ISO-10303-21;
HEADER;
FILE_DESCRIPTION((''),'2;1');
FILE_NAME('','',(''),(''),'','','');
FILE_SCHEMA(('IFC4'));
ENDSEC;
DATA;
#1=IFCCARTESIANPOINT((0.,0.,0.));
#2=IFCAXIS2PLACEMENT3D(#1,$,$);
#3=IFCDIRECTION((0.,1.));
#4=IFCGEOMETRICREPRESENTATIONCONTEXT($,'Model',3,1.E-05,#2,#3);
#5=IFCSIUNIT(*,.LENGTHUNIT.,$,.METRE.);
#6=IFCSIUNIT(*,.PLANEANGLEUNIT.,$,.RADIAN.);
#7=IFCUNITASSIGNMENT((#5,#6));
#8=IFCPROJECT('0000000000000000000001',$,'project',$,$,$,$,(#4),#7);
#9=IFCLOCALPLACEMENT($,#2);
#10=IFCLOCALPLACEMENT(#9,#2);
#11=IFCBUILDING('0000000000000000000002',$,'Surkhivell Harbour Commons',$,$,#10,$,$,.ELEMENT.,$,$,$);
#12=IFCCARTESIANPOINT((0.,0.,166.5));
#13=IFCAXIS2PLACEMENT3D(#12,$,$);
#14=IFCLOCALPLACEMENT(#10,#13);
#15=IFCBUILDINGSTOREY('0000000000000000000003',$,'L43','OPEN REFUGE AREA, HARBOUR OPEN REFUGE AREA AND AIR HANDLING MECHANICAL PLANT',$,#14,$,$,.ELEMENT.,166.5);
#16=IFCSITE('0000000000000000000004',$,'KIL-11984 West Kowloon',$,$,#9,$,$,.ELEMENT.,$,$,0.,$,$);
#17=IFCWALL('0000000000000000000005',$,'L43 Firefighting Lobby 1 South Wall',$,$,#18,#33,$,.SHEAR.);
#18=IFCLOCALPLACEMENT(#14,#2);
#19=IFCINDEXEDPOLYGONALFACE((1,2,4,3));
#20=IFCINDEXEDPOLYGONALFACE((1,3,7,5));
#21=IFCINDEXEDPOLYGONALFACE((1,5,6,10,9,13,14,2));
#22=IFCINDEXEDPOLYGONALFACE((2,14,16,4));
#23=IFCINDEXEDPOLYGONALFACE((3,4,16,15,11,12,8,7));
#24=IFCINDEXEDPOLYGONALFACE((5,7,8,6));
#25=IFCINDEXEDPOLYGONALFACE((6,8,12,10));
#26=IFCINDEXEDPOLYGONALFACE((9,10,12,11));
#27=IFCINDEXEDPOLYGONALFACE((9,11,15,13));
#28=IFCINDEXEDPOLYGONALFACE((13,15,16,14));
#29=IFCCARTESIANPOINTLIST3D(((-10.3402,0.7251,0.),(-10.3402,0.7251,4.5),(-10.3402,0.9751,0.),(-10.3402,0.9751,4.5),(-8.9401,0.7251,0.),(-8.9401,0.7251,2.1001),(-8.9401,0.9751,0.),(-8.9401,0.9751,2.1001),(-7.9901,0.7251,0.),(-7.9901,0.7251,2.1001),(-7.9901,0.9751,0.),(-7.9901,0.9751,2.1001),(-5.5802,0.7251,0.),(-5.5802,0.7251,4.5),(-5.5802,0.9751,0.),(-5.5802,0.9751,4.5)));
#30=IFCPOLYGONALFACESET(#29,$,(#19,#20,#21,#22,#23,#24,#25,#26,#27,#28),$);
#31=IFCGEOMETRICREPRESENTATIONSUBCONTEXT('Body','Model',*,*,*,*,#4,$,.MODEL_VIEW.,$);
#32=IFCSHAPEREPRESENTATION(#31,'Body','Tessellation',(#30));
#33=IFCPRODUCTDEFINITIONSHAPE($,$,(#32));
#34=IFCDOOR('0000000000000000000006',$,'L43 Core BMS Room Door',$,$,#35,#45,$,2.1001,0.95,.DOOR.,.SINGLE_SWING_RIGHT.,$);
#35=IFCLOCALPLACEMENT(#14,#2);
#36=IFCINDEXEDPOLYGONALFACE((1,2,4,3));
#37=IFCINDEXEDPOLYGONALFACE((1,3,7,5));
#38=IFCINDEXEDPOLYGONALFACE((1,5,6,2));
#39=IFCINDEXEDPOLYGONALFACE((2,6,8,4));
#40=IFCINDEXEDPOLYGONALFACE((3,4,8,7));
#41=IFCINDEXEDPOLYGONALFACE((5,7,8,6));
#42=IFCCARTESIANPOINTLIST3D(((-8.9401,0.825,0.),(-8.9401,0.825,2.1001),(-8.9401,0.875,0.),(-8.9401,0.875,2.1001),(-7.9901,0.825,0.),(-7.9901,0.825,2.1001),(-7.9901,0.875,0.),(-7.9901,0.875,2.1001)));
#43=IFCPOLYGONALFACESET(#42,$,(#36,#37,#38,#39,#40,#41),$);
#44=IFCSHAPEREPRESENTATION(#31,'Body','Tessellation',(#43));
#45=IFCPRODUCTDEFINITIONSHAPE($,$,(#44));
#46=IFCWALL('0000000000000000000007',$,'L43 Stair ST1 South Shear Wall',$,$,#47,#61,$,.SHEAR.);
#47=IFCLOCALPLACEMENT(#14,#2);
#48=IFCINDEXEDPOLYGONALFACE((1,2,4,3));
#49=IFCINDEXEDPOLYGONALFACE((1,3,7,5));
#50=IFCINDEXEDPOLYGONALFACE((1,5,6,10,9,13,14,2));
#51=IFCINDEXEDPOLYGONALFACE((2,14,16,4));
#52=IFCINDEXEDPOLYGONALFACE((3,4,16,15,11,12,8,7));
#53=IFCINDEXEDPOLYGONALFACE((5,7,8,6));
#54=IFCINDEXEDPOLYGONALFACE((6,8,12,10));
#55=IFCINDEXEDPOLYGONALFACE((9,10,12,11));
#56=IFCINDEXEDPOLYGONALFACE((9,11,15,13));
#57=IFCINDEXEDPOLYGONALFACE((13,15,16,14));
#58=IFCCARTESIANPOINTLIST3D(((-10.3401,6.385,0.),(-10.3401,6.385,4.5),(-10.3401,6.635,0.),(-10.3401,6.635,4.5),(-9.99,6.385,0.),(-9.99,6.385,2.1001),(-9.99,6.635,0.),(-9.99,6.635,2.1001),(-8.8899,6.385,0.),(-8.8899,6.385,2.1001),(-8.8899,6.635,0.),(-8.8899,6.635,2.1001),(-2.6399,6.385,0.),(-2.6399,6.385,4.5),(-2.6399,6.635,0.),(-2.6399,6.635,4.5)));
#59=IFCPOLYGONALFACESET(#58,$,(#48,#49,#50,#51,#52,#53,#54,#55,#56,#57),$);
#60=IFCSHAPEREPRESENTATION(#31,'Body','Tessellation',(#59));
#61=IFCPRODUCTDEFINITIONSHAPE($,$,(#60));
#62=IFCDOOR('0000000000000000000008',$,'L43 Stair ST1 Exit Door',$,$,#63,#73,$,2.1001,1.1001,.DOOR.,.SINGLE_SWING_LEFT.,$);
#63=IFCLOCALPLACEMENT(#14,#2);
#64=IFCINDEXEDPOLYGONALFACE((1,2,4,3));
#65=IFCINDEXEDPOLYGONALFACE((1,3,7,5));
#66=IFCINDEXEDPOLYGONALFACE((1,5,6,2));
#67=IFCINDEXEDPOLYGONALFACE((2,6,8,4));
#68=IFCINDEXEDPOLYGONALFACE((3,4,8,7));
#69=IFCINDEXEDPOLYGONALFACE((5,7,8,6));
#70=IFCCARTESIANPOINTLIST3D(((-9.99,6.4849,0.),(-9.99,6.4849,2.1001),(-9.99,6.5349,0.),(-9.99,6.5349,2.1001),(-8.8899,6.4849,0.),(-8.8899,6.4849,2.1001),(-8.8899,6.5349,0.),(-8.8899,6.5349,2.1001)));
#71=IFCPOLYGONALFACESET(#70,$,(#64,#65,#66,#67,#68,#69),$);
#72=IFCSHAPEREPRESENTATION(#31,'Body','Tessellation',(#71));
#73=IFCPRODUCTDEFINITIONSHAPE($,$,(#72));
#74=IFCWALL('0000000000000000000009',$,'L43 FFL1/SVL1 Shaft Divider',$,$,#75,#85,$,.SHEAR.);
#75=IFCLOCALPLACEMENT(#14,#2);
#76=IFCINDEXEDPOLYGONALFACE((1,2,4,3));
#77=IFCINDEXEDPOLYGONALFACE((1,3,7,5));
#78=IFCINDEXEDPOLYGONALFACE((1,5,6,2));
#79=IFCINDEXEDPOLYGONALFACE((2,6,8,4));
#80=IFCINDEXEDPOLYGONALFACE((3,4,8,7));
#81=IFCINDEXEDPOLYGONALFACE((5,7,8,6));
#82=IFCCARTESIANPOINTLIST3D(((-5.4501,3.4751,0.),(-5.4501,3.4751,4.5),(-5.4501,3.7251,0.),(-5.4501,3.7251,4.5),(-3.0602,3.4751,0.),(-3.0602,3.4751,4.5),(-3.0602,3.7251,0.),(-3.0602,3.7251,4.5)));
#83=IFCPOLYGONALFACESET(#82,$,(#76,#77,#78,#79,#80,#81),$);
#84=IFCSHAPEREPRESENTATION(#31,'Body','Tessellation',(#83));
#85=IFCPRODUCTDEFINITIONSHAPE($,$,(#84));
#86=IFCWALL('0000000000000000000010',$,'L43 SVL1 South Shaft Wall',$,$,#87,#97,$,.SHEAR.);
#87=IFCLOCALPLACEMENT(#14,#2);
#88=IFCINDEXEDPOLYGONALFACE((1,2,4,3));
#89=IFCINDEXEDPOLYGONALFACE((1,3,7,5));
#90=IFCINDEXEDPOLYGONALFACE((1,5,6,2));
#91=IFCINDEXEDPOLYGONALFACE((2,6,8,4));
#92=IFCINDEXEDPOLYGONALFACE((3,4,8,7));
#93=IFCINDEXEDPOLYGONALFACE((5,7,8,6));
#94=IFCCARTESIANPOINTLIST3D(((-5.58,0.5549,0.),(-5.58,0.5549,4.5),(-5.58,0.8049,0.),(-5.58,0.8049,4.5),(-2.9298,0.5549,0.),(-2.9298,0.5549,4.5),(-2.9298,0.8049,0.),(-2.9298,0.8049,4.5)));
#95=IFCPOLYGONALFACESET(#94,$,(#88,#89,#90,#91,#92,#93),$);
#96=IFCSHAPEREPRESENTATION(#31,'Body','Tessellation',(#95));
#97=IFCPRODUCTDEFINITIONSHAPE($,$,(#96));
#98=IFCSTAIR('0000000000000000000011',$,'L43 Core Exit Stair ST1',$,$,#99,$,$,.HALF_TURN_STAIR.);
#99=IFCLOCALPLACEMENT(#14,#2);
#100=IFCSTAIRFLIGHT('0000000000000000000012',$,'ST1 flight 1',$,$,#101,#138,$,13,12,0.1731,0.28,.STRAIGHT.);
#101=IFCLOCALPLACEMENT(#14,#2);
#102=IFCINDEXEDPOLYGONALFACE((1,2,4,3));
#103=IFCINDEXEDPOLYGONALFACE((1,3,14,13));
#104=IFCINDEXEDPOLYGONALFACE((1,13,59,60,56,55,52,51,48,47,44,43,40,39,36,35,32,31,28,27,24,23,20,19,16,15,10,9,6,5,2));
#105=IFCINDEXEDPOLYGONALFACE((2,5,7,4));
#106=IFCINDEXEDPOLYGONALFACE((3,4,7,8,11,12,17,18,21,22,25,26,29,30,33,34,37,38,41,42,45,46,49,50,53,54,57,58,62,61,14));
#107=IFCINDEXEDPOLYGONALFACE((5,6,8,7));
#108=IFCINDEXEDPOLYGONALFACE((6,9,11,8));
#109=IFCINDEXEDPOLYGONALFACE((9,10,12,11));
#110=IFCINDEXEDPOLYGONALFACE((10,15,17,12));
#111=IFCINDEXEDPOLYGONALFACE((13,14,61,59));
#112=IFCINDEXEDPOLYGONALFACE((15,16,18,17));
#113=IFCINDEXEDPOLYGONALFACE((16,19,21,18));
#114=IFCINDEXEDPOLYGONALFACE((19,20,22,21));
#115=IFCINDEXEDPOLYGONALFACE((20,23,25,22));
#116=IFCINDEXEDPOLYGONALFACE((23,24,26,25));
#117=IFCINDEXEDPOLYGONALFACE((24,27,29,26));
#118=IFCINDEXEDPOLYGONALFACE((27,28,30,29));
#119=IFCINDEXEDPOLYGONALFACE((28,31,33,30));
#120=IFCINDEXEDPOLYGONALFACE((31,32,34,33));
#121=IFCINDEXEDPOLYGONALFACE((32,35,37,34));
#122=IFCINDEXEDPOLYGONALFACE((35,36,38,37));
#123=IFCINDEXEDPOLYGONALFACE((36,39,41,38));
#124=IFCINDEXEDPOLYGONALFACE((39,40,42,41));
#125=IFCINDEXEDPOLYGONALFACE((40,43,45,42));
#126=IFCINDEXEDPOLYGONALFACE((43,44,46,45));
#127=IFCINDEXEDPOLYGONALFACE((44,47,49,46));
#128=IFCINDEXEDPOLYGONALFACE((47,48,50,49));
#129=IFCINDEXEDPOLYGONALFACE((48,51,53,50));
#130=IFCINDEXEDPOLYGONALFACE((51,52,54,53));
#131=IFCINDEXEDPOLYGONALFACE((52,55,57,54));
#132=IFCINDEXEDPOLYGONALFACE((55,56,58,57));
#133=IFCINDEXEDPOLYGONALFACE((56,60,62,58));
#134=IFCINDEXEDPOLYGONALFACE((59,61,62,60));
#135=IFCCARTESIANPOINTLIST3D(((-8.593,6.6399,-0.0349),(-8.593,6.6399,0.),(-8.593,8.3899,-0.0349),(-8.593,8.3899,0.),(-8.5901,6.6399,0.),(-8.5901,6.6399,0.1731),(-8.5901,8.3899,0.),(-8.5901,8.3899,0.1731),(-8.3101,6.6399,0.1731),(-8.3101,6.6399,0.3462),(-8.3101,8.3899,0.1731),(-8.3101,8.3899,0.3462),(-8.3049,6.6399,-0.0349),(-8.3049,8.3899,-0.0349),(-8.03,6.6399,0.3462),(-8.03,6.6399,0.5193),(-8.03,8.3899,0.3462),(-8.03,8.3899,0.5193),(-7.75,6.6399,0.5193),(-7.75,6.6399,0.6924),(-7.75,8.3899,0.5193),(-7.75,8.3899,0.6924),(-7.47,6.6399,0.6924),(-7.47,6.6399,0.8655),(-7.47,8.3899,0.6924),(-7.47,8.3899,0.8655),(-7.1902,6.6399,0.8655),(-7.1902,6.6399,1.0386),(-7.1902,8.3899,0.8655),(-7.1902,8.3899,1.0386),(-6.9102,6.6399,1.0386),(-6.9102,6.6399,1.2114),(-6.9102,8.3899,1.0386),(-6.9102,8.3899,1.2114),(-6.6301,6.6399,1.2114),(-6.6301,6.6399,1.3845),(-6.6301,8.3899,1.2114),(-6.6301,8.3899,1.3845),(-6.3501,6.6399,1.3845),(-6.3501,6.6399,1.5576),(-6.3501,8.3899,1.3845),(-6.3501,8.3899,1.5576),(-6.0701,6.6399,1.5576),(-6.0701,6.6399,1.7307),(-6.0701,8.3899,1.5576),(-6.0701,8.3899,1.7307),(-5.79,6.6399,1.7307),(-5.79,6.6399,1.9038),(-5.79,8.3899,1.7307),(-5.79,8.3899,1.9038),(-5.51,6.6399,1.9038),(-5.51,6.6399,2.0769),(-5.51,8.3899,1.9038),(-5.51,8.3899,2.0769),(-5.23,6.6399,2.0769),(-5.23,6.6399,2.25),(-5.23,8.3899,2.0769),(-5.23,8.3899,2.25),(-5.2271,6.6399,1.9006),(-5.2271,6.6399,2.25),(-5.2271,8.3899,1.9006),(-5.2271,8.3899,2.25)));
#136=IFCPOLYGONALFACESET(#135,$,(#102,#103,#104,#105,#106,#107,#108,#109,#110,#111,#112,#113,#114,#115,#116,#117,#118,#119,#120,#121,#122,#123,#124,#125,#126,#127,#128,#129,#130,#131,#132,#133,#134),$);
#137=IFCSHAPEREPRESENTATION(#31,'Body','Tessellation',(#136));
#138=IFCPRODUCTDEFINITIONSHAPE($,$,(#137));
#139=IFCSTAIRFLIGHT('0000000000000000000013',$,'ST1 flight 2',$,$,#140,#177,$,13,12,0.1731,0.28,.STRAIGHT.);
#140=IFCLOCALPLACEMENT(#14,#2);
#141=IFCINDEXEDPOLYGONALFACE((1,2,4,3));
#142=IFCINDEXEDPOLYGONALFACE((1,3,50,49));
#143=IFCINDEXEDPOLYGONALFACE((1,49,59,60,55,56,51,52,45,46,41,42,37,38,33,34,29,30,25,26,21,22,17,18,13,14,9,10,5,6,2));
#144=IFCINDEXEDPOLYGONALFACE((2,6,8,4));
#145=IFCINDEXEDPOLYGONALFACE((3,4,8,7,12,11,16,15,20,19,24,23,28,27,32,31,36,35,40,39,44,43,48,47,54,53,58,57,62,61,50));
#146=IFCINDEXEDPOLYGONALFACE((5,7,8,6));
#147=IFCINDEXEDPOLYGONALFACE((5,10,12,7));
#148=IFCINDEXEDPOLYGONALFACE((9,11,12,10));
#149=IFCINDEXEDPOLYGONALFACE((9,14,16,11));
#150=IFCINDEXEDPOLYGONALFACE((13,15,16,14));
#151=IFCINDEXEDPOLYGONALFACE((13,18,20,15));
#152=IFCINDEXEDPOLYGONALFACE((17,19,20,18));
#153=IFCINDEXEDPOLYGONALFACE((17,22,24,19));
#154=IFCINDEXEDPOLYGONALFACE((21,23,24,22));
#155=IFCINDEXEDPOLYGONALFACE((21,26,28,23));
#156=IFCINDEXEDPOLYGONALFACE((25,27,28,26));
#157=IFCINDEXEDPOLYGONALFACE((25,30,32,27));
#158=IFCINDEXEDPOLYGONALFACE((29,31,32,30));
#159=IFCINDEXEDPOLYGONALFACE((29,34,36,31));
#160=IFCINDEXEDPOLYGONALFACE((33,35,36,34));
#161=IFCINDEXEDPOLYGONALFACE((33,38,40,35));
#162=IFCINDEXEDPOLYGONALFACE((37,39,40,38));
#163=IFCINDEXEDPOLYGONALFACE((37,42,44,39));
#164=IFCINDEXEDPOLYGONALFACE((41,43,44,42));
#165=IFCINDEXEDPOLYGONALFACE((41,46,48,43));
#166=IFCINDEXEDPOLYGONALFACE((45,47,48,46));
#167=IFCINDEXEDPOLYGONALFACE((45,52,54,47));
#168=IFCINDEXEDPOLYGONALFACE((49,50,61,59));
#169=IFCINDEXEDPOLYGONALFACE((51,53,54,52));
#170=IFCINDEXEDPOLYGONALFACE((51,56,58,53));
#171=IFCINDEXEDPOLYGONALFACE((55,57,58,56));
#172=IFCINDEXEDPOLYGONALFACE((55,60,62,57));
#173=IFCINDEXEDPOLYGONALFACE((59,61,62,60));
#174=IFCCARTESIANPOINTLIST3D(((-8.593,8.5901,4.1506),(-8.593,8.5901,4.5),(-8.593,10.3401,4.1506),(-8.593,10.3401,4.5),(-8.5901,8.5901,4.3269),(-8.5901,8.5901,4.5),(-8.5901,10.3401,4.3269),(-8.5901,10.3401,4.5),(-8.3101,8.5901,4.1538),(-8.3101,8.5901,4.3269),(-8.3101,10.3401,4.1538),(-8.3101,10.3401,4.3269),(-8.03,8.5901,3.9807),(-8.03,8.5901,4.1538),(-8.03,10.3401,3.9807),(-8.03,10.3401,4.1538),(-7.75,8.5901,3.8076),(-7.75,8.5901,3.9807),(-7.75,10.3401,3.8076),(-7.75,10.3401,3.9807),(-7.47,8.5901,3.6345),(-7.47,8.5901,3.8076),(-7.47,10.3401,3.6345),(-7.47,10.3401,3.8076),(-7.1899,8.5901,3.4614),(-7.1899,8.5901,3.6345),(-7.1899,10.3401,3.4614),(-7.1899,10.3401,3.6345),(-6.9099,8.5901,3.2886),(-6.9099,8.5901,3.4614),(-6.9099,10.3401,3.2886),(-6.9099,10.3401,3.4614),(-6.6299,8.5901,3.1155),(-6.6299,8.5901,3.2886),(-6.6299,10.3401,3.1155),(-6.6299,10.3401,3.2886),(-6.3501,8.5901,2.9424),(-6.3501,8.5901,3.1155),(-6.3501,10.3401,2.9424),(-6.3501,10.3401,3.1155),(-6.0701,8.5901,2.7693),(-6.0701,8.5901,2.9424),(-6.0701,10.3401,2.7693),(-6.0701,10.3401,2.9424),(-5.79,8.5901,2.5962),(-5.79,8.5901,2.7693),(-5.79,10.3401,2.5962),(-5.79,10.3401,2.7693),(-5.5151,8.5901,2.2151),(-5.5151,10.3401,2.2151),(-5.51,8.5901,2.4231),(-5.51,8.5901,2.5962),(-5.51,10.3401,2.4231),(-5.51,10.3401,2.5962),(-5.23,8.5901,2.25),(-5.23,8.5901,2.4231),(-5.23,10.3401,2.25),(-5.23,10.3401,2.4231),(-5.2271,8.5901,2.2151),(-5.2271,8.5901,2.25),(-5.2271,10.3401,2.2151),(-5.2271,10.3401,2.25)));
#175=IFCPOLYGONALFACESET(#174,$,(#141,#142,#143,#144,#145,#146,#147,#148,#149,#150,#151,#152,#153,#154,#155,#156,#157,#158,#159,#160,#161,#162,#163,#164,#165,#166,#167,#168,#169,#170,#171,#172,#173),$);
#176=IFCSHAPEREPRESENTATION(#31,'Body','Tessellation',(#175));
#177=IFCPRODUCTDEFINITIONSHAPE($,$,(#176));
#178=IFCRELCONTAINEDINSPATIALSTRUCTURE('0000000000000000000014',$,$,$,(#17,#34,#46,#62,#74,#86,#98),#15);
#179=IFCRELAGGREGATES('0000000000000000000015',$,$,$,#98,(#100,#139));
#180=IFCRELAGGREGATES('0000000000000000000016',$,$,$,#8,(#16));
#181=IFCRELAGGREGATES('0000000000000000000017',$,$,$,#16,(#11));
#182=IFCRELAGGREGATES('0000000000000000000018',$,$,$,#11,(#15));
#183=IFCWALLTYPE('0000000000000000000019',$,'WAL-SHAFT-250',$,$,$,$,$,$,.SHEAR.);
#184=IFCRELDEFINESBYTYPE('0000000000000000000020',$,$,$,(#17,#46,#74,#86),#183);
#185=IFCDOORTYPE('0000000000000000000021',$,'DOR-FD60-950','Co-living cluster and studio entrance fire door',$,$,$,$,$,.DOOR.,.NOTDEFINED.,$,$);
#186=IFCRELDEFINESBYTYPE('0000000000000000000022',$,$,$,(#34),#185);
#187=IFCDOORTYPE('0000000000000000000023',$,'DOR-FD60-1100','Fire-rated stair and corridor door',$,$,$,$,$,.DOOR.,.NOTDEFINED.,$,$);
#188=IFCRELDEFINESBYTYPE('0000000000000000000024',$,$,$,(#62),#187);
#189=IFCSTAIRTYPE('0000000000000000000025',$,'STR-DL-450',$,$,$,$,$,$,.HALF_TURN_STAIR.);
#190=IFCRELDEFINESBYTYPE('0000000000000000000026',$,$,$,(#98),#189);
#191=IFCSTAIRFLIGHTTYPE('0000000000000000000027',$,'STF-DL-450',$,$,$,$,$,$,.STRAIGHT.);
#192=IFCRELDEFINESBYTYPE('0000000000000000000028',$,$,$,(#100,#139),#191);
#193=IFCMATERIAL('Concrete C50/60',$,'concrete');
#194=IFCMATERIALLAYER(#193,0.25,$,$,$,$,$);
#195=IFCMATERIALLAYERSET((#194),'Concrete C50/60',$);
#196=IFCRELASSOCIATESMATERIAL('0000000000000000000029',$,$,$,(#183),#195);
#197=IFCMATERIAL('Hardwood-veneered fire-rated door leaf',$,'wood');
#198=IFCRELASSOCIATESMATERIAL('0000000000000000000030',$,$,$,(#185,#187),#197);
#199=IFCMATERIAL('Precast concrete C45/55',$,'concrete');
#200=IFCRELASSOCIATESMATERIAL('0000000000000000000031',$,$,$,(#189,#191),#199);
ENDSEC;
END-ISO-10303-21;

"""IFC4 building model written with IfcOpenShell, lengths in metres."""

from ifc_helpers import new_model, si_unit, direction, frame, frame_2d, origin, place, context, subcontext, project, spatial, polyline, rectangle, outline, extrude, material, layer, layer_set, type_object, element, fill, aggregate, save


model = new_model("IFC4")

# Units and contexts
model_context = context("Model", 3, precision=1e-05, world=origin(), true_north=direction((0.0, 1.0)))
body_context = subcontext(model_context, "Body", "Model", "MODEL_VIEW")
ifc_project = project(units=[si_unit("LENGTHUNIT", "METRE"), si_unit("PLANEANGLEUNIT", "RADIAN")], contexts=[model_context])

# Site, building, storey
site_placement = place(None, origin())
site = spatial("IfcSite", under=ifc_project, at=site_placement, Name="KIL-11984 West Kowloon", CompositionType="ELEMENT", RefElevation=0.0)
building_placement = place(site_placement, origin())
building = spatial("IfcBuilding", under=site, at=building_placement, Name="Surkhivell Harbour Commons", CompositionType="ELEMENT")
storey_placement = place(building_placement, frame((0.0, 0.0, 166.5)))
storey = spatial("IfcBuildingStorey", under=building, at=storey_placement, Name="L43", Description="OPEN REFUGE AREA, HARBOUR OPEN REFUGE AREA AND AIR HANDLING MECHANICAL PLANT", CompositionType="ELEMENT", Elevation=166.5)

# Shared definitions
ifc_material_1 = material(Name="Hardwood-veneered fire-rated door leaf", Category="wood")

# Walls, openings, doors
ifc_material_2 = material(Name="Concrete C50/60", Category="concrete")
ifc_layer_1 = layer(ifc_material_2, 0.25)
ifc_layer_set_1 = layer_set([ifc_layer_1], Name="Concrete C50/60")
wall_type_1 = type_object("IfcWallType", Name="WAL-SHAFT-250", PredefinedType="SHEAR", material=ifc_layer_set_1)
wall_1_placement = place(storey_placement, frame((-10.3401, 0.8501, 0.0), z_axis=(0.0, 0.0, 1.0), x_axis=(1.0, 0.0, 0.0)))
wall_1 = element("IfcWall", 1, at=wall_1_placement, inside=storey, type_object=wall_type_1, Name="L43 Firefighting Lobby 1 South Wall", PredefinedType="SHEAR", context=body_context, shape_type="SweptSolid", body=[
    extrude(rectangle(XDim=4.76, YDim=0.25, at=frame_2d((2.3799, 0.0))), origin(), (0.0, 0.0, 1.0), 4.5),
])
opening_1_placement = place(wall_1_placement, frame((1.3999, 0.0, 0.0)))
opening_1 = element("IfcOpeningElement", 2, at=opening_1_placement, cuts=wall_1, PredefinedType="OPENING", context=body_context, shape_type="SweptSolid", body=[
    extrude(rectangle(XDim=0.95, YDim=2.1001, at=frame_2d((0.4751, 1.05))), frame((0.0, 0.135, 0.0), z_axis=(0.0, -1.0, 0.0), x_axis=(1.0, 0.0, 0.0)), (0.0, 0.0, 1.0), 0.27),
])
door_type_1 = type_object("IfcDoorType", Name="DOR-FD60-950", Description="Co-living cluster and studio entrance fire door", OperationType="NOTDEFINED", PredefinedType="DOOR", material=ifc_material_1)
door_1_placement = place(opening_1_placement, origin())
door_1 = element("IfcDoor", 3, at=door_1_placement, inside=storey, type_object=door_type_1, Name="L43 Core BMS Room Door", OperationType="SINGLE_SWING_RIGHT", OverallHeight=2.1001, OverallWidth=0.95, PredefinedType="DOOR", context=body_context, shape_type="SweptSolid", body=[
    extrude(rectangle(XDim=0.95, YDim=2.1001, at=frame_2d((0.4751, 1.05))), frame((0.0, 0.0249, 0.0), z_axis=(0.0, -1.0, 0.0), x_axis=(1.0, 0.0, 0.0)), (0.0, 0.0, 1.0), 0.05),
])
fill(opening_1, door_1)
wall_2_placement = place(storey_placement, frame((-10.3401, 6.51, 0.0), z_axis=(0.0, 0.0, 1.0), x_axis=(1.0, 0.0, 0.0)))
wall_2 = element("IfcWall", 4, at=wall_2_placement, inside=storey, type_object=wall_type_1, Name="L43 Stair ST1 South Shear Wall", PredefinedType="SHEAR", context=body_context, shape_type="SweptSolid", body=[
    extrude(rectangle(XDim=7.7002, YDim=0.25, at=frame_2d((3.8501, 0.0))), origin(), (0.0, 0.0, 1.0), 4.5),
])
opening_2_placement = place(wall_2_placement, frame((0.3501, 0.0, 0.0)))
opening_2 = element("IfcOpeningElement", 5, at=opening_2_placement, cuts=wall_2, PredefinedType="OPENING", context=body_context, shape_type="SweptSolid", body=[
    extrude(rectangle(XDim=1.1001, YDim=2.1001, at=frame_2d((0.55, 1.05))), frame((0.0, 0.135, 0.0), z_axis=(0.0, -1.0, 0.0), x_axis=(1.0, 0.0, 0.0)), (0.0, 0.0, 1.0), 0.27),
])
door_type_2 = type_object("IfcDoorType", Name="DOR-FD60-1100", Description="Fire-rated stair and corridor door", OperationType="NOTDEFINED", PredefinedType="DOOR", material=ifc_material_1)
door_2_placement = place(opening_2_placement, origin())
door_2 = element("IfcDoor", 6, at=door_2_placement, inside=storey, type_object=door_type_2, Name="L43 Stair ST1 Exit Door", OperationType="SINGLE_SWING_LEFT", OverallHeight=2.1001, OverallWidth=1.1001, PredefinedType="DOOR", context=body_context, shape_type="SweptSolid", body=[
    extrude(rectangle(XDim=1.1001, YDim=2.1001, at=frame_2d((0.55, 1.05))), frame((0.0, 0.0249, 0.0), z_axis=(0.0, -1.0, 0.0), x_axis=(1.0, 0.0, 0.0)), (0.0, 0.0, 1.0), 0.05),
])
fill(opening_2, door_2)

# Walls
wall_3_placement = place(storey_placement, frame((-5.45, 3.6001, 0.0), z_axis=(0.0, 0.0, 1.0), x_axis=(1.0, 0.0, 0.0)))
element("IfcWall", 7, at=wall_3_placement, inside=storey, type_object=wall_type_1, Name="L43 FFL1/SVL1 Shaft Divider", PredefinedType="SHEAR", context=body_context, shape_type="SweptSolid", body=[
    extrude(rectangle(XDim=2.3899, YDim=0.25, at=frame_2d((1.1948, 0.0))), origin(), (0.0, 0.0, 1.0), 4.5),
])
wall_4_placement = place(storey_placement, frame((-5.5801, 0.6799, 0.0), z_axis=(0.0, 0.0, 1.0), x_axis=(1.0, 0.0, 0.0)))
element("IfcWall", 8, at=wall_4_placement, inside=storey, type_object=wall_type_1, Name="L43 SVL1 South Shaft Wall", PredefinedType="SHEAR", context=body_context, shape_type="SweptSolid", body=[
    extrude(rectangle(XDim=2.6501, YDim=0.25, at=frame_2d((1.3252, 0.0))), origin(), (0.0, 0.0, 1.0), 4.5),
])

# Stair, stair flights
ifc_material_3 = material(Name="Precast concrete C45/55", Category="concrete")
stair_type = type_object("IfcStairType", Name="STR-DL-450", PredefinedType="HALF_TURN_STAIR", material=ifc_material_3)
stair_placement = place(storey_placement, origin())
stair = element("IfcStair", 9, at=stair_placement, inside=storey, type_object=stair_type, Name="L43 Core Exit Stair ST1", PredefinedType="HALF_TURN_STAIR")
stair_flight_type = type_object("IfcStairFlightType", Name="STF-DL-450", PredefinedType="STRAIGHT", material=ifc_material_3)
stair_flight_1_placement = place(storey_placement, frame((-8.5901, 7.5149, 0.0), z_axis=(0.0, 0.0, 1.0), x_axis=(1.0, 0.0, 0.0)))
stair_flight_1 = element("IfcStairFlight", 10, at=stair_flight_1_placement, type_object=stair_flight_type, Name="ST1 flight 1", NumberOfRisers=13, NumberOfTreads=12, PredefinedType="STRAIGHT", RiserHeight=0.1731, TreadLength=0.28, context=body_context, shape_type="SweptSolid", body=[
    extrude(outline(polyline([(-0.0029, -0.0349), (-0.0029, 0.0), (0.0, 0.0), (0.0, 0.1731), (0.28, 0.1731), (0.28, 0.3462), (0.5601, 0.3462), (0.5601, 0.5193), (0.8401, 0.5193), (0.8401, 0.6924), (1.1201, 0.6924), (1.1201, 0.8655), (1.3999, 0.8655), (1.3999, 1.0386), (1.6799, 1.0386), (1.6799, 1.2114), (1.96, 1.2114), (1.96, 1.3845), (2.24, 1.3845), (2.24, 1.5576), (2.52, 1.5576), (2.52, 1.7307), (2.8, 1.7307), (2.8, 1.9038), (3.0801, 1.9038), (3.0801, 2.0769), (3.3601, 2.0769), (3.3601, 2.25), (3.363, 2.25), (3.363, 1.9006), (0.2852, -0.0349), (-0.0029, -0.0349)])), frame((0.0, 0.875, 0.0), z_axis=(0.0, -1.0, 0.0), x_axis=(1.0, 0.0, 0.0)), (0.0, 0.0, 1.0), 1.75),
])
stair_flight_2_placement = place(storey_placement, frame((-5.23, 9.4651, 2.25), z_axis=(0.0, 0.0, 1.0), x_axis=(-1.0, 0.0, 0.0)))
stair_flight_2 = element("IfcStairFlight", 11, at=stair_flight_2_placement, type_object=stair_flight_type, Name="ST1 flight 2", NumberOfRisers=13, NumberOfTreads=12, PredefinedType="STRAIGHT", RiserHeight=0.1731, TreadLength=0.28, context=body_context, shape_type="SweptSolid", body=[
    extrude(outline(polyline([(-0.0029, -0.0349), (-0.0029, 0.0), (0.0, 0.0), (0.0, 0.1731), (0.28, 0.1731), (0.28, 0.3462), (0.5601, 0.3462), (0.5601, 0.5193), (0.8401, 0.5193), (0.8401, 0.6924), (1.1201, 0.6924), (1.1201, 0.8655), (1.3999, 0.8655), (1.3999, 1.0386), (1.6799, 1.0386), (1.6799, 1.2114), (1.96, 1.2114), (1.96, 1.3845), (2.24, 1.3845), (2.24, 1.5576), (2.52, 1.5576), (2.52, 1.7307), (2.8, 1.7307), (2.8, 1.9038), (3.0801, 1.9038), (3.0801, 2.0769), (3.3601, 2.0769), (3.3601, 2.25), (3.363, 2.25), (3.363, 1.9006), (0.2852, -0.0349), (-0.0029, -0.0349)])), frame((0.0, 0.875, 0.0), z_axis=(0.0, -1.0, 0.0), x_axis=(1.0, 0.0, 0.0)), (0.0, 0.0, 1.0), 1.75),
])
aggregate(stair, [stair_flight_1, stair_flight_2])

save(model, "model.ifc")
